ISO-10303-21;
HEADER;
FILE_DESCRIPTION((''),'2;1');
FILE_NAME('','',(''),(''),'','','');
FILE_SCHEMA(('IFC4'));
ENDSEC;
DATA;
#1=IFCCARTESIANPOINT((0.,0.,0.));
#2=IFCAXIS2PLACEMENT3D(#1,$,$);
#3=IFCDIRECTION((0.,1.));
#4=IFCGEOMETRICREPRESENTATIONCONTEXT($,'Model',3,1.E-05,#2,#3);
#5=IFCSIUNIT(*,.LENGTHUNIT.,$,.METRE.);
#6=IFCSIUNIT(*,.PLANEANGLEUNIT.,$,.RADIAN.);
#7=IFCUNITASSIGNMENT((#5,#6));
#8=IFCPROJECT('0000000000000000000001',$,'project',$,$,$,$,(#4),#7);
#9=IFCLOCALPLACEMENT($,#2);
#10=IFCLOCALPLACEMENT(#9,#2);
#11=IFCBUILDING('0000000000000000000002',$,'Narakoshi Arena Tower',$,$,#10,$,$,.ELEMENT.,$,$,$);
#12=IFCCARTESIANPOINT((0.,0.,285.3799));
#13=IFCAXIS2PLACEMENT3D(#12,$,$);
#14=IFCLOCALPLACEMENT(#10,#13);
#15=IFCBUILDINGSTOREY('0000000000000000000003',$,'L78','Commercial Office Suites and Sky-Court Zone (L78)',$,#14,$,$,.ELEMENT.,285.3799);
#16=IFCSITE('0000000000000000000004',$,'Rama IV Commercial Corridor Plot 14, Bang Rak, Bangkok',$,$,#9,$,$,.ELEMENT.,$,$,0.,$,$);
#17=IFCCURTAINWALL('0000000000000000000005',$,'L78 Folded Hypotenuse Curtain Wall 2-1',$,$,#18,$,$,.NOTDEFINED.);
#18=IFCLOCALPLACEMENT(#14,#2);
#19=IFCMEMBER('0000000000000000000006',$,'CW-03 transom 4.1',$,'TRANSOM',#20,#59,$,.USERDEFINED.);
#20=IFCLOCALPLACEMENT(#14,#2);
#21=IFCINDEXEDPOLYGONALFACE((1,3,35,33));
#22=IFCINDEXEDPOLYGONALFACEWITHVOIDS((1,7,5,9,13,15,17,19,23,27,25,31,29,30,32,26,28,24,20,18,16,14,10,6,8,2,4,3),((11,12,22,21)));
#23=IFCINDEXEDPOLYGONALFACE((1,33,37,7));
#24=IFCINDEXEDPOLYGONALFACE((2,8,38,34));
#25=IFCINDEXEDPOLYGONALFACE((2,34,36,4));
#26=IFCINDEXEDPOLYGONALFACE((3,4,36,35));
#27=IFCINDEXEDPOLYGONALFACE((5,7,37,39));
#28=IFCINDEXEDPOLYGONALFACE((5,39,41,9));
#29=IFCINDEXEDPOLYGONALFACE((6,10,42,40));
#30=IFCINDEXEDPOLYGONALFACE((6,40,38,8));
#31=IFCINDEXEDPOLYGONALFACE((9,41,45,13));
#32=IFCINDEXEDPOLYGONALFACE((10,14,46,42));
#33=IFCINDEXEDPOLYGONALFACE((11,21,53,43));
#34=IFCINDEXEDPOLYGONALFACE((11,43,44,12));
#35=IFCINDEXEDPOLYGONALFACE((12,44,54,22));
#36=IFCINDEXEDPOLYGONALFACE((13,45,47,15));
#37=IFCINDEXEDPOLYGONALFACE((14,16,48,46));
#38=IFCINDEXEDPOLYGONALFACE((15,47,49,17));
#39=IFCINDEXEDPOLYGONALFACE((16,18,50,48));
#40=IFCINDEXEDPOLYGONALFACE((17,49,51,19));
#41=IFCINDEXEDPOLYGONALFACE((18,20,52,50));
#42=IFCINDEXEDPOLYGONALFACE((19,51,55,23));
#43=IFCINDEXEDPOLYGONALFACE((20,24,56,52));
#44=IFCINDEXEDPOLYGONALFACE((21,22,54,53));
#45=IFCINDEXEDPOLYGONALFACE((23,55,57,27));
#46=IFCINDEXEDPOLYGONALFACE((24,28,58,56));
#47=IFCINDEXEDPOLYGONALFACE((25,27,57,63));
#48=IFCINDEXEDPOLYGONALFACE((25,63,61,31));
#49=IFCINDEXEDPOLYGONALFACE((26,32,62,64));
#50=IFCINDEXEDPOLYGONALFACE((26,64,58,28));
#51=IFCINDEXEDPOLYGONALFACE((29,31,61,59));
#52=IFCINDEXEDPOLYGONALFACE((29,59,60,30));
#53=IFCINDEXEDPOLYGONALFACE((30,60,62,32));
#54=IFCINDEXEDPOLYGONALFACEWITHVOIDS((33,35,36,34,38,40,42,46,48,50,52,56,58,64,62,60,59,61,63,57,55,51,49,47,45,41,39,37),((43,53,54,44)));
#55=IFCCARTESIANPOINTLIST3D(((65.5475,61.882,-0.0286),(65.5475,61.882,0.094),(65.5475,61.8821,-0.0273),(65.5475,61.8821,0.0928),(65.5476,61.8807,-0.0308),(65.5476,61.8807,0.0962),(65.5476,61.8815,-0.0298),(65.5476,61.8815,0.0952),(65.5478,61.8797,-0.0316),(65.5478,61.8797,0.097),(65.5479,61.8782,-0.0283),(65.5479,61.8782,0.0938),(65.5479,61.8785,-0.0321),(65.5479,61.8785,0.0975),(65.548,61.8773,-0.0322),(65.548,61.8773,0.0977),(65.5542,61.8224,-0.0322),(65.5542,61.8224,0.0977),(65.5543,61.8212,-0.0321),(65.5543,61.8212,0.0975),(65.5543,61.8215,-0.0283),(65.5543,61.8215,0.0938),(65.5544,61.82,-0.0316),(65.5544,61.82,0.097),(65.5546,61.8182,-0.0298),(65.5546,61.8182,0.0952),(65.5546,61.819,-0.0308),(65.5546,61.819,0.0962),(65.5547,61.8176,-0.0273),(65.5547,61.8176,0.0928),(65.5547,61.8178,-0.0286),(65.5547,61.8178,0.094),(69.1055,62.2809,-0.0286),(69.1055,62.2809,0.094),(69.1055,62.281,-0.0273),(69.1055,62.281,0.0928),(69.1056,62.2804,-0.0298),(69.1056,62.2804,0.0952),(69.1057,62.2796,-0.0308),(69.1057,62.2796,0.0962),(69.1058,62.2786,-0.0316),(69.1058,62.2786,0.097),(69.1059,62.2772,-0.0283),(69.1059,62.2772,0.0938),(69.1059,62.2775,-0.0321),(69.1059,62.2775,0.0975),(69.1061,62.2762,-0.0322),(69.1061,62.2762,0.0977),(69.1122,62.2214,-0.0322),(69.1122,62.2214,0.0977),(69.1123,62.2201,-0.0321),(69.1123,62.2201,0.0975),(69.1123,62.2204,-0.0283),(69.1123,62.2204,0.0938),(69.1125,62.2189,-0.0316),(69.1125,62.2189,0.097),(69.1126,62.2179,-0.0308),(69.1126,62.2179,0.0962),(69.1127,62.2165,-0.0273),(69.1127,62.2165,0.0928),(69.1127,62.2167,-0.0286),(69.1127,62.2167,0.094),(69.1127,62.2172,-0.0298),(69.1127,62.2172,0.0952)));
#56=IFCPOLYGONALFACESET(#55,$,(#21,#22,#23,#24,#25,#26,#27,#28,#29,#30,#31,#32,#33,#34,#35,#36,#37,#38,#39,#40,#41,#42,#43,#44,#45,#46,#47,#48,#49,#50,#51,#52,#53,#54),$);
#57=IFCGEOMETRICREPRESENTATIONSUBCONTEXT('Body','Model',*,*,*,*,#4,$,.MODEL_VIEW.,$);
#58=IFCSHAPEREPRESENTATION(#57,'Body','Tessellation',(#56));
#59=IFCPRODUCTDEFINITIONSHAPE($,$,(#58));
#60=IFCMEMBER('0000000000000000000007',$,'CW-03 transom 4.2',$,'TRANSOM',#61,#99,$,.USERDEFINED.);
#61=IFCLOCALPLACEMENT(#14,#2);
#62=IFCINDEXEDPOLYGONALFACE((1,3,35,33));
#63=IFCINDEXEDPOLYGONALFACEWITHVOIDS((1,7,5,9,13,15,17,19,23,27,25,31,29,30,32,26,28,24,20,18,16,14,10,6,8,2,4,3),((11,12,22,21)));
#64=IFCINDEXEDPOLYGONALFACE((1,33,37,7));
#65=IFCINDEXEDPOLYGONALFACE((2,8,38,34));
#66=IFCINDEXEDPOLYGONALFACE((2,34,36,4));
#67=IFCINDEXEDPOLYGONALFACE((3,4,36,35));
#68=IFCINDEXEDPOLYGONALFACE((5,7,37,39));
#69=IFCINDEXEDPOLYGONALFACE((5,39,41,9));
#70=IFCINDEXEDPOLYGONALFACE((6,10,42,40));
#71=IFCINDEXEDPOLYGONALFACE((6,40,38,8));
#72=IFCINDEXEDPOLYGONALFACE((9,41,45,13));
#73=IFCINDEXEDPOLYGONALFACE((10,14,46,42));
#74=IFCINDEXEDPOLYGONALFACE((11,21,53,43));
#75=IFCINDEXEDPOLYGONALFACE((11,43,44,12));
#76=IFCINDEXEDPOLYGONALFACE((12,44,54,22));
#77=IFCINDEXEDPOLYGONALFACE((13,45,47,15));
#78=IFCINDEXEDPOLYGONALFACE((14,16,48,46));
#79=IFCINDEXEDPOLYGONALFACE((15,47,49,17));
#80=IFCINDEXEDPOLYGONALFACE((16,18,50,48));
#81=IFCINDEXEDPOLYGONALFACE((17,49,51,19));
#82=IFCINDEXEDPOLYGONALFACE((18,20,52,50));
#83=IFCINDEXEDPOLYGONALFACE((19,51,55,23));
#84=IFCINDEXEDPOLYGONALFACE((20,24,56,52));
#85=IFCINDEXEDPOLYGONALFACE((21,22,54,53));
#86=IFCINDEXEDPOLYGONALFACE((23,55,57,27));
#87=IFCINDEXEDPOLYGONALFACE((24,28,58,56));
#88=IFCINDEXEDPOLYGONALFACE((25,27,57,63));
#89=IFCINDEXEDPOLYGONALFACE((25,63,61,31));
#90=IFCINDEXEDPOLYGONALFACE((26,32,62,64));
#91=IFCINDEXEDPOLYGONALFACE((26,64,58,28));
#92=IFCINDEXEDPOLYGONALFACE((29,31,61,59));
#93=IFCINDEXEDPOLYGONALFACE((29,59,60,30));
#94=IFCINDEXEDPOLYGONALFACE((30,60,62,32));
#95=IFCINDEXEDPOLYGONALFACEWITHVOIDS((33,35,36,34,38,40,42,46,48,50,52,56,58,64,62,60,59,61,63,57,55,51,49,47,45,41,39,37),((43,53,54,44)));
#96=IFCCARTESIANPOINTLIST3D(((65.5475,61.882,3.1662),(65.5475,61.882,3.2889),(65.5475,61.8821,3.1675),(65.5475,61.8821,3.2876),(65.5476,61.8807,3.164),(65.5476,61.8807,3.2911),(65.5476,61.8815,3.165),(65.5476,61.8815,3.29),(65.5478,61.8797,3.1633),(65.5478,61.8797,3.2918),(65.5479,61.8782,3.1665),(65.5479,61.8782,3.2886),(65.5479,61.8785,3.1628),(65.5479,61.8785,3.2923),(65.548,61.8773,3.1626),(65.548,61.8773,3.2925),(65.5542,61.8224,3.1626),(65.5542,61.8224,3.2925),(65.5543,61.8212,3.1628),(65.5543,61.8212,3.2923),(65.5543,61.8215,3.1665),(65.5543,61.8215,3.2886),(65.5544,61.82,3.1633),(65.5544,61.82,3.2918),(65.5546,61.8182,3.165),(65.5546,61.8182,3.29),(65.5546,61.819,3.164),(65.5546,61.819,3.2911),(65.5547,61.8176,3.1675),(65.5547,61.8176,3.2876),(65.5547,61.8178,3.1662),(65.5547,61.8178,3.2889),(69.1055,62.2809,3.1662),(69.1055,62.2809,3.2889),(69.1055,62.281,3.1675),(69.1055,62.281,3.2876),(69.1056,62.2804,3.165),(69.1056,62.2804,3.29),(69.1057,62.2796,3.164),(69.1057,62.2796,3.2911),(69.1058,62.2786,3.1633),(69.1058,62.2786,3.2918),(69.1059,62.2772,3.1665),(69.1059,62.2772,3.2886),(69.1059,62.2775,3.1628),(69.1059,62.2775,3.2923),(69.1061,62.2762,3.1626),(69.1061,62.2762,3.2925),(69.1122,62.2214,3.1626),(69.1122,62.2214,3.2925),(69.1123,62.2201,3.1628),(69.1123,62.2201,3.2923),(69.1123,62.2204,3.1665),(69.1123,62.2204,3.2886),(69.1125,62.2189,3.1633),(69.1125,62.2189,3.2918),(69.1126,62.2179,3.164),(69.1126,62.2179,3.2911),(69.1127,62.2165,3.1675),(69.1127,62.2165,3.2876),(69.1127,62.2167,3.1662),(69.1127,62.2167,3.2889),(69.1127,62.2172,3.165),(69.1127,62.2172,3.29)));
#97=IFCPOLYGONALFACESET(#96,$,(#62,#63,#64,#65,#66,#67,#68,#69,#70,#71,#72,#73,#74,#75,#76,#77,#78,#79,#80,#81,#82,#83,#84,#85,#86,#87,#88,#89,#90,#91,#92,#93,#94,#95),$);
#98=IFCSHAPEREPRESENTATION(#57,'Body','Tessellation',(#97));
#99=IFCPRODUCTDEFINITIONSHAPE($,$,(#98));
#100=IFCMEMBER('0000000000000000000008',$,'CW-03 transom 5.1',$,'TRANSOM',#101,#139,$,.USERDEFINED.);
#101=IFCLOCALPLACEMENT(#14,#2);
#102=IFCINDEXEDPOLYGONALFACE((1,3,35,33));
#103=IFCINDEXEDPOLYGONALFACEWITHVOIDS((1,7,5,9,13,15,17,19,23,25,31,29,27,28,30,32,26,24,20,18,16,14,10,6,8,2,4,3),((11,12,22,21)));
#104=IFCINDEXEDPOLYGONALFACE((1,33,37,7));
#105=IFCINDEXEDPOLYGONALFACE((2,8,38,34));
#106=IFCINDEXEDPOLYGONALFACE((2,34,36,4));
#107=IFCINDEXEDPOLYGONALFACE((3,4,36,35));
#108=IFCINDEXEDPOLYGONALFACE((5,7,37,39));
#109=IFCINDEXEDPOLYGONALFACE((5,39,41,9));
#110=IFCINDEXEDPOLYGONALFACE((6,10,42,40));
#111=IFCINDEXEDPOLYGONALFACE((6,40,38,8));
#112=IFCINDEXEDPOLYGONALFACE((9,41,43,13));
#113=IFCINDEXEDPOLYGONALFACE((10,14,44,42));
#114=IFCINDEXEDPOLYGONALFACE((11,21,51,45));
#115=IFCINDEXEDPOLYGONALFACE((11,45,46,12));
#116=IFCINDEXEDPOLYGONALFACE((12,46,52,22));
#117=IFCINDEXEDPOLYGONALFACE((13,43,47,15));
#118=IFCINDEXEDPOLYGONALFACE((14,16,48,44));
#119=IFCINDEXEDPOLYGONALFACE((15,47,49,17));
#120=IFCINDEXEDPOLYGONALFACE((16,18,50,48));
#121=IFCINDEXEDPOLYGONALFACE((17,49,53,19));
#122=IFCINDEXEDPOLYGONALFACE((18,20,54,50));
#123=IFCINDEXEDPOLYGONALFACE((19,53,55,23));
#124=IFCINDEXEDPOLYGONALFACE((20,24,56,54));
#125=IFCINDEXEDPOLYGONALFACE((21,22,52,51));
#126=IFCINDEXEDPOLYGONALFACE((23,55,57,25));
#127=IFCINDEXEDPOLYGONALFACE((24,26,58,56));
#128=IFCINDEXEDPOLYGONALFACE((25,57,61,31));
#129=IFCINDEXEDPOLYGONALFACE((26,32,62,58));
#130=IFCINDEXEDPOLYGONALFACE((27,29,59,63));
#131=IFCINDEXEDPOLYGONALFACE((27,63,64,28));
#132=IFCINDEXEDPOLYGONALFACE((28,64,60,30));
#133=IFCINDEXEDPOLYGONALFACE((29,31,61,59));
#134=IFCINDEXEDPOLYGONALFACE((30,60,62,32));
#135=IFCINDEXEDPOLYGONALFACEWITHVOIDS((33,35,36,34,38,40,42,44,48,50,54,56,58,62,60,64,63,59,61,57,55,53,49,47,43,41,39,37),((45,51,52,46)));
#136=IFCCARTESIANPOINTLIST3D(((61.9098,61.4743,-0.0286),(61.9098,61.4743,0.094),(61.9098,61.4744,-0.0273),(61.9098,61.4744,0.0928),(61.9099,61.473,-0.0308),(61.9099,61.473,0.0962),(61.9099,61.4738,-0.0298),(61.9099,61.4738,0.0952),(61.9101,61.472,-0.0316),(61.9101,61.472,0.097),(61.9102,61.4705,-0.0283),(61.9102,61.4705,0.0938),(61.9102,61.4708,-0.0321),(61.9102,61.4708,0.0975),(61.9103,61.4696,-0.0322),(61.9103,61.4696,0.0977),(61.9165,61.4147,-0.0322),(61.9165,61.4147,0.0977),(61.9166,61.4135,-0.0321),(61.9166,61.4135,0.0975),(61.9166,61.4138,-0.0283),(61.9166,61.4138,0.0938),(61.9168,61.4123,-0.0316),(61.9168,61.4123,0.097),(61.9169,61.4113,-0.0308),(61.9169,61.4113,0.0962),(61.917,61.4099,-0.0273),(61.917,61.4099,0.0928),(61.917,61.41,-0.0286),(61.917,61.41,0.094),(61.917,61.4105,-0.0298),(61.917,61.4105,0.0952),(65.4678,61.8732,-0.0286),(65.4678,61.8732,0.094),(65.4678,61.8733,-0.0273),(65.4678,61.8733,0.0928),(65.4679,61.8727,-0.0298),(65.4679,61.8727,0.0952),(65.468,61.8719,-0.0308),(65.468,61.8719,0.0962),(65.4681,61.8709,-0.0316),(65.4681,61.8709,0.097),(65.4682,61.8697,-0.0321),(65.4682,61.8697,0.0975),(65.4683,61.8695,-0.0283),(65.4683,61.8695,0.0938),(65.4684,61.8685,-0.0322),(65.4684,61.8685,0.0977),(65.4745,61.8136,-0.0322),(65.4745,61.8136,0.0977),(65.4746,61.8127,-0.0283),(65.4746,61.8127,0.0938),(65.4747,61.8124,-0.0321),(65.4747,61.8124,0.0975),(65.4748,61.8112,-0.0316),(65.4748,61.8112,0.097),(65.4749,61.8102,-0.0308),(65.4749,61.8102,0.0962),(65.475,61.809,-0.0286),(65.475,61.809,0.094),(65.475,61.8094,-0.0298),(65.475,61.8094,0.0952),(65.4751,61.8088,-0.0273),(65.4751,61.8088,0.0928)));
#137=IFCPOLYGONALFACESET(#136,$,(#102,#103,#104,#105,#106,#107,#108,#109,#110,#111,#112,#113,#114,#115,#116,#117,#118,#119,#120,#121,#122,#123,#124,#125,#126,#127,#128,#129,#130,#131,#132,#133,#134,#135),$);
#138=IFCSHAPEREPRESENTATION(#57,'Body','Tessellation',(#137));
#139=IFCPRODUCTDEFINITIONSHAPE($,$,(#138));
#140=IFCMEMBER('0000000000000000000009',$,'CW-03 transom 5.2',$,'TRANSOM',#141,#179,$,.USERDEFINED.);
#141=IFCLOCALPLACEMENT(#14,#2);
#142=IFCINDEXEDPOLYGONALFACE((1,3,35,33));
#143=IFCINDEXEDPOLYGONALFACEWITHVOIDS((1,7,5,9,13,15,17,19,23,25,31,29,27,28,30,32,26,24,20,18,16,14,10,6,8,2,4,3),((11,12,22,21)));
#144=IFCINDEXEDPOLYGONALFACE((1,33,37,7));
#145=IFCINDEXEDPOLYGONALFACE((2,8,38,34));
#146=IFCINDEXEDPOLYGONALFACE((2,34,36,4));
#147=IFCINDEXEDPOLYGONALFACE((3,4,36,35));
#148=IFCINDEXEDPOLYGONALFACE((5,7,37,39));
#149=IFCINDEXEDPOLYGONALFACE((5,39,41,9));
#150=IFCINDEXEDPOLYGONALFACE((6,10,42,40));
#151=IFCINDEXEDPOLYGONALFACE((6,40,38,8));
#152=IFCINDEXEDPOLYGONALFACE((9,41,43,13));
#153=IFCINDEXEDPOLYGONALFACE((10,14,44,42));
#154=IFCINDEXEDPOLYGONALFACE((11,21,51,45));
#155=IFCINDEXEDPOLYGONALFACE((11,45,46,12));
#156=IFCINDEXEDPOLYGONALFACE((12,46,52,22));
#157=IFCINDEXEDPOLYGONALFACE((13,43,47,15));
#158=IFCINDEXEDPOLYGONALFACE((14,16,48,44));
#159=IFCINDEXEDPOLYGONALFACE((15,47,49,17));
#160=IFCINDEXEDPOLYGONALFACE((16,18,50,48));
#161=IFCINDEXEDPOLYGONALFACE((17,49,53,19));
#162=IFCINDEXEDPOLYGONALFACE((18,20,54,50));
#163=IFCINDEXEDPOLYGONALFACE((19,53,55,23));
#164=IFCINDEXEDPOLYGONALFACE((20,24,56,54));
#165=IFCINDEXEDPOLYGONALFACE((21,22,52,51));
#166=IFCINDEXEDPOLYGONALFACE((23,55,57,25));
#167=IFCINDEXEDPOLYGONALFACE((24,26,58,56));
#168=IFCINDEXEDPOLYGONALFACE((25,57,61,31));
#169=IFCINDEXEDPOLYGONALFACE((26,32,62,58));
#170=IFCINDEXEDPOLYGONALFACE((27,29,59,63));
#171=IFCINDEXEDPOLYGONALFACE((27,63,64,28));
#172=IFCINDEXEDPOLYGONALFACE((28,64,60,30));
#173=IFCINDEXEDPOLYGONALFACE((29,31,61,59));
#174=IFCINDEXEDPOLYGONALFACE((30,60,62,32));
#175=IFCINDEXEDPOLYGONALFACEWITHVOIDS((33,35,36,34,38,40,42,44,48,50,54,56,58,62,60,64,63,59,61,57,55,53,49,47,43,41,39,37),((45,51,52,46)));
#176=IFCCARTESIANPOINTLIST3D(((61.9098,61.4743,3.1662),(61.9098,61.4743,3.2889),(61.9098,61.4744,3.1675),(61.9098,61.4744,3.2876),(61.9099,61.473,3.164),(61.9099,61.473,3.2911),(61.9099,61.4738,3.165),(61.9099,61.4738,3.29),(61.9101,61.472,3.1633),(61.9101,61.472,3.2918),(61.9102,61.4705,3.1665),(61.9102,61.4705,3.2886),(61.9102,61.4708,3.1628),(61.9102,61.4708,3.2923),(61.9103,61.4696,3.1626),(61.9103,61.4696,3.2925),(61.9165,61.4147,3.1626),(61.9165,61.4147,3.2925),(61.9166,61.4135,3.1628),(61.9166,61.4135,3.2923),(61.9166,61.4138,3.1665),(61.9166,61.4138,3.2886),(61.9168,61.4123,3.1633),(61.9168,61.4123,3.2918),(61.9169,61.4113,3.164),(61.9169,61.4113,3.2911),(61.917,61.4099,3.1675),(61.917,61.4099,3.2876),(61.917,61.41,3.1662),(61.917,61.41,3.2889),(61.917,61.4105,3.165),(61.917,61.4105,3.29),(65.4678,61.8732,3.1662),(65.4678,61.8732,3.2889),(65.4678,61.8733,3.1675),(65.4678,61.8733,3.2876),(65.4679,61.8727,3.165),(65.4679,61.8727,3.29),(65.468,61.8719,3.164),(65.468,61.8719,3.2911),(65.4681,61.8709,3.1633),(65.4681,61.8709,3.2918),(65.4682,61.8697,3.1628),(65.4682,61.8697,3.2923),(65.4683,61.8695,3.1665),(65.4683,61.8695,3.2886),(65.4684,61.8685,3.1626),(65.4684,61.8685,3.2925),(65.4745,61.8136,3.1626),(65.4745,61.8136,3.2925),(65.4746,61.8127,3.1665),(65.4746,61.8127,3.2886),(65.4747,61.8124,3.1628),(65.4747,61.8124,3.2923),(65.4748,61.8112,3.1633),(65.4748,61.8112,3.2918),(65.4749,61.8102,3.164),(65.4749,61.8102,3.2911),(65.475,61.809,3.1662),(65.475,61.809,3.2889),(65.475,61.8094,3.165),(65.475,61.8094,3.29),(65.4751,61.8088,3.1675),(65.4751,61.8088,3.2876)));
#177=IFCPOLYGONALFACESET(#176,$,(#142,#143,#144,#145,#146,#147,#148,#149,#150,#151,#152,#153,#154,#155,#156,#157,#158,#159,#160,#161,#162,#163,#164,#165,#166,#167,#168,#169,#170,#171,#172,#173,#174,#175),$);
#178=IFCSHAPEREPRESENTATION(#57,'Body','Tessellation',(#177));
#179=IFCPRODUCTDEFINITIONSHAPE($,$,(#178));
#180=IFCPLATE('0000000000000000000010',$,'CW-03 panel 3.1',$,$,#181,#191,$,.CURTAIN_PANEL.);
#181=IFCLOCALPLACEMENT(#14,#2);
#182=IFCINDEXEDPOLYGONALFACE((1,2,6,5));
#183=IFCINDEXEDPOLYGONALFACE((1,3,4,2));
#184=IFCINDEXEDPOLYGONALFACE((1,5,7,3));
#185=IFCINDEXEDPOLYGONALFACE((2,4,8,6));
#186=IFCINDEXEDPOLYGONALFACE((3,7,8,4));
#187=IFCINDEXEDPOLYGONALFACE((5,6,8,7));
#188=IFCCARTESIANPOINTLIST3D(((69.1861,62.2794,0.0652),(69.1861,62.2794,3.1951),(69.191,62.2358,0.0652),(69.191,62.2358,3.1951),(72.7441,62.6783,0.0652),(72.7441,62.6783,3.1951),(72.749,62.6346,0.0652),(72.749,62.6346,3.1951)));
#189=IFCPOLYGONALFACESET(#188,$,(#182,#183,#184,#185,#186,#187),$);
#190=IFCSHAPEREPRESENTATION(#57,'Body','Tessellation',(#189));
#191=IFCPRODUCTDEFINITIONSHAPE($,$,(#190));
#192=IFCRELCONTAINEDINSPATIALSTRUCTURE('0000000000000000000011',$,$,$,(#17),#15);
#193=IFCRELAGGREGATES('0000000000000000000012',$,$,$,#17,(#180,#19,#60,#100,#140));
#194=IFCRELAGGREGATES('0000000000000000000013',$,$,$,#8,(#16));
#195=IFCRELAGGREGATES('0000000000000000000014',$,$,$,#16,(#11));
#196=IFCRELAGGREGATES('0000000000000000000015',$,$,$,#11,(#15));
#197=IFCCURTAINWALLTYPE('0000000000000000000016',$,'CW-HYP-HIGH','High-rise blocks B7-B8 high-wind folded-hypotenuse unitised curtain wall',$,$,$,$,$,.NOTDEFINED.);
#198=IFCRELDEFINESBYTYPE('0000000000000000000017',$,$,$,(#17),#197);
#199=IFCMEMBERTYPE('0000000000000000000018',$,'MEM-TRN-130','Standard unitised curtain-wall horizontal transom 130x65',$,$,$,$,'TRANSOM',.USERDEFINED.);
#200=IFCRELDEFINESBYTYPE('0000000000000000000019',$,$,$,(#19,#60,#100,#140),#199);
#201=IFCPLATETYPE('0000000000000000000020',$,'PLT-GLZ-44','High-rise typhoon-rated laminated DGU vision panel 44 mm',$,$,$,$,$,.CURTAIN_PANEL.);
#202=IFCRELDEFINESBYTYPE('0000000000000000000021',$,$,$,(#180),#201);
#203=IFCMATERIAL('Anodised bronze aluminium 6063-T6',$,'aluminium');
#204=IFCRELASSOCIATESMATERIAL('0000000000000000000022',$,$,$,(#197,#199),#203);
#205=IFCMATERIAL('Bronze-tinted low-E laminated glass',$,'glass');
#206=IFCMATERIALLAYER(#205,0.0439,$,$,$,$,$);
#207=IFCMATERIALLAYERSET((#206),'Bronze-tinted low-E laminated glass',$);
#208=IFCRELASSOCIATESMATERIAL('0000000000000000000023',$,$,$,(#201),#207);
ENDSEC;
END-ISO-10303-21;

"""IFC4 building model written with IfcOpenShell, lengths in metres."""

from ifc_helpers import new_model, si_unit, direction, frame, origin, origin_2d, place, context, subcontext, project, spatial, rectangle, hollow_rectangle, extrude, material, layer, layer_set, material_profile, profile_set, type_object, element, aggregate, save


model = new_model("IFC4")

# Units and contexts
model_context = context("Model", 3, precision=1e-05, world=origin(), true_north=direction((0.0, 1.0)))
body_context = subcontext(model_context, "Body", "Model", "MODEL_VIEW")
ifc_project = project(units=[si_unit("LENGTHUNIT", "METRE"), si_unit("PLANEANGLEUNIT", "RADIAN")], contexts=[model_context])

# Site, building, storey
site_placement = place(None, origin())
site = spatial("IfcSite", under=ifc_project, at=site_placement, Name="Rama IV Commercial Corridor Plot 14, Bang Rak, Bangkok", CompositionType="ELEMENT", RefElevation=0.0)
building_placement = place(site_placement, origin())
building = spatial("IfcBuilding", under=site, at=building_placement, Name="Narakoshi Arena Tower", CompositionType="ELEMENT")
storey_placement = place(building_placement, frame((0.0, 0.0, 285.3799)))
storey = spatial("IfcBuildingStorey", under=building, at=storey_placement, Name="L78", Description="Commercial Office Suites and Sky-Court Zone (L78)", CompositionType="ELEMENT", Elevation=285.3799)

# Curtain wall, members, plate
ifc_material_1 = material(Name="Anodised bronze aluminium 6063-T6", Category="aluminium")
curtain_wall_type = type_object("IfcCurtainWallType", Name="CW-HYP-HIGH", Description="High-rise blocks B7-B8 high-wind folded-hypotenuse unitised curtain wall", PredefinedType="NOTDEFINED", material=ifc_material_1)
curtain_wall_placement = place(storey_placement, origin())
curtain_wall = element("IfcCurtainWall", 1, at=curtain_wall_placement, inside=storey, type_object=curtain_wall_type, Name="L78 Folded Hypotenuse Curtain Wall 2-1", PredefinedType="NOTDEFINED")
ifc_material_profile_1 = material_profile(ifc_material_1, hollow_rectangle(XDim=0.0649, YDim=0.1299, WallThickness=0.0039, OuterFilletRadius=0.0049, at=origin_2d()), Name="TRN130x65x4")
ifc_profile_set_1 = profile_set([ifc_material_profile_1], Name="Anodised bronze aluminium 6063-T6")
member_type_1 = type_object("IfcMemberType", Name="MEM-TRN-130", Description="Standard unitised curtain-wall horizontal transom 130x65", ElementType="TRANSOM", PredefinedType="USERDEFINED", material=ifc_profile_set_1)
member_1_placement = place(storey_placement, frame((69.1091, 62.2488, 0.0327), z_axis=(-0.993773, -0.111419, 0.0), x_axis=(0.111419, -0.993773, 0.0)))
member_1 = element("IfcMember", 2, at=member_1_placement, type_object=member_type_1, Name="CW-03 transom 4.1", ObjectType="TRANSOM", PredefinedType="USERDEFINED", context=body_context, shape_type="SweptSolid", body=[
    extrude(hollow_rectangle(XDim=0.0649, YDim=0.1299, WallThickness=0.0039, OuterFilletRadius=0.0049, at=origin_2d()), origin(), (0.0, 0.0, 1.0), 3.5803),
])
member_2_placement = place(storey_placement, frame((69.1091, 62.2488, 3.2275), z_axis=(-0.993773, -0.111419, 0.0), x_axis=(0.111419, -0.993773, 0.0)))
member_2 = element("IfcMember", 3, at=member_2_placement, type_object=member_type_1, Name="CW-03 transom 4.2", ObjectType="TRANSOM", PredefinedType="USERDEFINED", context=body_context, shape_type="SweptSolid", body=[
    extrude(hollow_rectangle(XDim=0.0649, YDim=0.1299, WallThickness=0.0039, OuterFilletRadius=0.0049, at=origin_2d()), origin(), (0.0, 0.0, 1.0), 3.5803),
])
member_3_placement = place(storey_placement, frame((65.4714, 61.8411, 0.0327), z_axis=(-0.993773, -0.111419, 0.0), x_axis=(0.111419, -0.993773, 0.0)))
member_3 = element("IfcMember", 4, at=member_3_placement, type_object=member_type_1, Name="CW-03 transom 5.1", ObjectType="TRANSOM", PredefinedType="USERDEFINED", context=body_context, shape_type="SweptSolid", body=[
    extrude(hollow_rectangle(XDim=0.0649, YDim=0.1299, WallThickness=0.0039, OuterFilletRadius=0.0049, at=origin_2d()), origin(), (0.0, 0.0, 1.0), 3.5803),
])
member_4_placement = place(storey_placement, frame((65.4714, 61.8411, 3.2275), z_axis=(-0.993773, -0.111419, 0.0), x_axis=(0.111419, -0.993773, 0.0)))
member_4 = element("IfcMember", 5, at=member_4_placement, type_object=member_type_1, Name="CW-03 transom 5.2", ObjectType="TRANSOM", PredefinedType="USERDEFINED", context=body_context, shape_type="SweptSolid", body=[
    extrude(hollow_rectangle(XDim=0.0649, YDim=0.1299, WallThickness=0.0039, OuterFilletRadius=0.0049, at=origin_2d()), origin(), (0.0, 0.0, 1.0), 3.5803),
])
ifc_material_2 = material(Name="Bronze-tinted low-E laminated glass", Category="glass")
ifc_layer_1 = layer(ifc_material_2, 0.0439)
ifc_layer_set_1 = layer_set([ifc_layer_1], Name="Bronze-tinted low-E laminated glass")
plate_type = type_object("IfcPlateType", Name="PLT-GLZ-44", Description="High-rise typhoon-rated laminated DGU vision panel 44 mm", PredefinedType="CURTAIN_PANEL", material=ifc_layer_set_1)
plate_1_placement = place(storey_placement, frame((70.9675, 62.457, 0.0652), z_axis=(0.0, 0.0, 1.0), x_axis=(-0.993776, -0.111396, 0.0)))
plate_1 = element("IfcPlate", 6, at=plate_1_placement, type_object=plate_type, Name="CW-03 panel 3.1", PredefinedType="CURTAIN_PANEL", context=body_context, shape_type="SweptSolid", body=[
    extrude(rectangle(XDim=3.5803, YDim=0.0439, at=origin_2d()), origin(), (0.0, 0.0, 1.0), 3.1299),
])
aggregate(curtain_wall, [plate_1, member_1, member_2, member_3, member_4])

save(model, "model.ifc")
